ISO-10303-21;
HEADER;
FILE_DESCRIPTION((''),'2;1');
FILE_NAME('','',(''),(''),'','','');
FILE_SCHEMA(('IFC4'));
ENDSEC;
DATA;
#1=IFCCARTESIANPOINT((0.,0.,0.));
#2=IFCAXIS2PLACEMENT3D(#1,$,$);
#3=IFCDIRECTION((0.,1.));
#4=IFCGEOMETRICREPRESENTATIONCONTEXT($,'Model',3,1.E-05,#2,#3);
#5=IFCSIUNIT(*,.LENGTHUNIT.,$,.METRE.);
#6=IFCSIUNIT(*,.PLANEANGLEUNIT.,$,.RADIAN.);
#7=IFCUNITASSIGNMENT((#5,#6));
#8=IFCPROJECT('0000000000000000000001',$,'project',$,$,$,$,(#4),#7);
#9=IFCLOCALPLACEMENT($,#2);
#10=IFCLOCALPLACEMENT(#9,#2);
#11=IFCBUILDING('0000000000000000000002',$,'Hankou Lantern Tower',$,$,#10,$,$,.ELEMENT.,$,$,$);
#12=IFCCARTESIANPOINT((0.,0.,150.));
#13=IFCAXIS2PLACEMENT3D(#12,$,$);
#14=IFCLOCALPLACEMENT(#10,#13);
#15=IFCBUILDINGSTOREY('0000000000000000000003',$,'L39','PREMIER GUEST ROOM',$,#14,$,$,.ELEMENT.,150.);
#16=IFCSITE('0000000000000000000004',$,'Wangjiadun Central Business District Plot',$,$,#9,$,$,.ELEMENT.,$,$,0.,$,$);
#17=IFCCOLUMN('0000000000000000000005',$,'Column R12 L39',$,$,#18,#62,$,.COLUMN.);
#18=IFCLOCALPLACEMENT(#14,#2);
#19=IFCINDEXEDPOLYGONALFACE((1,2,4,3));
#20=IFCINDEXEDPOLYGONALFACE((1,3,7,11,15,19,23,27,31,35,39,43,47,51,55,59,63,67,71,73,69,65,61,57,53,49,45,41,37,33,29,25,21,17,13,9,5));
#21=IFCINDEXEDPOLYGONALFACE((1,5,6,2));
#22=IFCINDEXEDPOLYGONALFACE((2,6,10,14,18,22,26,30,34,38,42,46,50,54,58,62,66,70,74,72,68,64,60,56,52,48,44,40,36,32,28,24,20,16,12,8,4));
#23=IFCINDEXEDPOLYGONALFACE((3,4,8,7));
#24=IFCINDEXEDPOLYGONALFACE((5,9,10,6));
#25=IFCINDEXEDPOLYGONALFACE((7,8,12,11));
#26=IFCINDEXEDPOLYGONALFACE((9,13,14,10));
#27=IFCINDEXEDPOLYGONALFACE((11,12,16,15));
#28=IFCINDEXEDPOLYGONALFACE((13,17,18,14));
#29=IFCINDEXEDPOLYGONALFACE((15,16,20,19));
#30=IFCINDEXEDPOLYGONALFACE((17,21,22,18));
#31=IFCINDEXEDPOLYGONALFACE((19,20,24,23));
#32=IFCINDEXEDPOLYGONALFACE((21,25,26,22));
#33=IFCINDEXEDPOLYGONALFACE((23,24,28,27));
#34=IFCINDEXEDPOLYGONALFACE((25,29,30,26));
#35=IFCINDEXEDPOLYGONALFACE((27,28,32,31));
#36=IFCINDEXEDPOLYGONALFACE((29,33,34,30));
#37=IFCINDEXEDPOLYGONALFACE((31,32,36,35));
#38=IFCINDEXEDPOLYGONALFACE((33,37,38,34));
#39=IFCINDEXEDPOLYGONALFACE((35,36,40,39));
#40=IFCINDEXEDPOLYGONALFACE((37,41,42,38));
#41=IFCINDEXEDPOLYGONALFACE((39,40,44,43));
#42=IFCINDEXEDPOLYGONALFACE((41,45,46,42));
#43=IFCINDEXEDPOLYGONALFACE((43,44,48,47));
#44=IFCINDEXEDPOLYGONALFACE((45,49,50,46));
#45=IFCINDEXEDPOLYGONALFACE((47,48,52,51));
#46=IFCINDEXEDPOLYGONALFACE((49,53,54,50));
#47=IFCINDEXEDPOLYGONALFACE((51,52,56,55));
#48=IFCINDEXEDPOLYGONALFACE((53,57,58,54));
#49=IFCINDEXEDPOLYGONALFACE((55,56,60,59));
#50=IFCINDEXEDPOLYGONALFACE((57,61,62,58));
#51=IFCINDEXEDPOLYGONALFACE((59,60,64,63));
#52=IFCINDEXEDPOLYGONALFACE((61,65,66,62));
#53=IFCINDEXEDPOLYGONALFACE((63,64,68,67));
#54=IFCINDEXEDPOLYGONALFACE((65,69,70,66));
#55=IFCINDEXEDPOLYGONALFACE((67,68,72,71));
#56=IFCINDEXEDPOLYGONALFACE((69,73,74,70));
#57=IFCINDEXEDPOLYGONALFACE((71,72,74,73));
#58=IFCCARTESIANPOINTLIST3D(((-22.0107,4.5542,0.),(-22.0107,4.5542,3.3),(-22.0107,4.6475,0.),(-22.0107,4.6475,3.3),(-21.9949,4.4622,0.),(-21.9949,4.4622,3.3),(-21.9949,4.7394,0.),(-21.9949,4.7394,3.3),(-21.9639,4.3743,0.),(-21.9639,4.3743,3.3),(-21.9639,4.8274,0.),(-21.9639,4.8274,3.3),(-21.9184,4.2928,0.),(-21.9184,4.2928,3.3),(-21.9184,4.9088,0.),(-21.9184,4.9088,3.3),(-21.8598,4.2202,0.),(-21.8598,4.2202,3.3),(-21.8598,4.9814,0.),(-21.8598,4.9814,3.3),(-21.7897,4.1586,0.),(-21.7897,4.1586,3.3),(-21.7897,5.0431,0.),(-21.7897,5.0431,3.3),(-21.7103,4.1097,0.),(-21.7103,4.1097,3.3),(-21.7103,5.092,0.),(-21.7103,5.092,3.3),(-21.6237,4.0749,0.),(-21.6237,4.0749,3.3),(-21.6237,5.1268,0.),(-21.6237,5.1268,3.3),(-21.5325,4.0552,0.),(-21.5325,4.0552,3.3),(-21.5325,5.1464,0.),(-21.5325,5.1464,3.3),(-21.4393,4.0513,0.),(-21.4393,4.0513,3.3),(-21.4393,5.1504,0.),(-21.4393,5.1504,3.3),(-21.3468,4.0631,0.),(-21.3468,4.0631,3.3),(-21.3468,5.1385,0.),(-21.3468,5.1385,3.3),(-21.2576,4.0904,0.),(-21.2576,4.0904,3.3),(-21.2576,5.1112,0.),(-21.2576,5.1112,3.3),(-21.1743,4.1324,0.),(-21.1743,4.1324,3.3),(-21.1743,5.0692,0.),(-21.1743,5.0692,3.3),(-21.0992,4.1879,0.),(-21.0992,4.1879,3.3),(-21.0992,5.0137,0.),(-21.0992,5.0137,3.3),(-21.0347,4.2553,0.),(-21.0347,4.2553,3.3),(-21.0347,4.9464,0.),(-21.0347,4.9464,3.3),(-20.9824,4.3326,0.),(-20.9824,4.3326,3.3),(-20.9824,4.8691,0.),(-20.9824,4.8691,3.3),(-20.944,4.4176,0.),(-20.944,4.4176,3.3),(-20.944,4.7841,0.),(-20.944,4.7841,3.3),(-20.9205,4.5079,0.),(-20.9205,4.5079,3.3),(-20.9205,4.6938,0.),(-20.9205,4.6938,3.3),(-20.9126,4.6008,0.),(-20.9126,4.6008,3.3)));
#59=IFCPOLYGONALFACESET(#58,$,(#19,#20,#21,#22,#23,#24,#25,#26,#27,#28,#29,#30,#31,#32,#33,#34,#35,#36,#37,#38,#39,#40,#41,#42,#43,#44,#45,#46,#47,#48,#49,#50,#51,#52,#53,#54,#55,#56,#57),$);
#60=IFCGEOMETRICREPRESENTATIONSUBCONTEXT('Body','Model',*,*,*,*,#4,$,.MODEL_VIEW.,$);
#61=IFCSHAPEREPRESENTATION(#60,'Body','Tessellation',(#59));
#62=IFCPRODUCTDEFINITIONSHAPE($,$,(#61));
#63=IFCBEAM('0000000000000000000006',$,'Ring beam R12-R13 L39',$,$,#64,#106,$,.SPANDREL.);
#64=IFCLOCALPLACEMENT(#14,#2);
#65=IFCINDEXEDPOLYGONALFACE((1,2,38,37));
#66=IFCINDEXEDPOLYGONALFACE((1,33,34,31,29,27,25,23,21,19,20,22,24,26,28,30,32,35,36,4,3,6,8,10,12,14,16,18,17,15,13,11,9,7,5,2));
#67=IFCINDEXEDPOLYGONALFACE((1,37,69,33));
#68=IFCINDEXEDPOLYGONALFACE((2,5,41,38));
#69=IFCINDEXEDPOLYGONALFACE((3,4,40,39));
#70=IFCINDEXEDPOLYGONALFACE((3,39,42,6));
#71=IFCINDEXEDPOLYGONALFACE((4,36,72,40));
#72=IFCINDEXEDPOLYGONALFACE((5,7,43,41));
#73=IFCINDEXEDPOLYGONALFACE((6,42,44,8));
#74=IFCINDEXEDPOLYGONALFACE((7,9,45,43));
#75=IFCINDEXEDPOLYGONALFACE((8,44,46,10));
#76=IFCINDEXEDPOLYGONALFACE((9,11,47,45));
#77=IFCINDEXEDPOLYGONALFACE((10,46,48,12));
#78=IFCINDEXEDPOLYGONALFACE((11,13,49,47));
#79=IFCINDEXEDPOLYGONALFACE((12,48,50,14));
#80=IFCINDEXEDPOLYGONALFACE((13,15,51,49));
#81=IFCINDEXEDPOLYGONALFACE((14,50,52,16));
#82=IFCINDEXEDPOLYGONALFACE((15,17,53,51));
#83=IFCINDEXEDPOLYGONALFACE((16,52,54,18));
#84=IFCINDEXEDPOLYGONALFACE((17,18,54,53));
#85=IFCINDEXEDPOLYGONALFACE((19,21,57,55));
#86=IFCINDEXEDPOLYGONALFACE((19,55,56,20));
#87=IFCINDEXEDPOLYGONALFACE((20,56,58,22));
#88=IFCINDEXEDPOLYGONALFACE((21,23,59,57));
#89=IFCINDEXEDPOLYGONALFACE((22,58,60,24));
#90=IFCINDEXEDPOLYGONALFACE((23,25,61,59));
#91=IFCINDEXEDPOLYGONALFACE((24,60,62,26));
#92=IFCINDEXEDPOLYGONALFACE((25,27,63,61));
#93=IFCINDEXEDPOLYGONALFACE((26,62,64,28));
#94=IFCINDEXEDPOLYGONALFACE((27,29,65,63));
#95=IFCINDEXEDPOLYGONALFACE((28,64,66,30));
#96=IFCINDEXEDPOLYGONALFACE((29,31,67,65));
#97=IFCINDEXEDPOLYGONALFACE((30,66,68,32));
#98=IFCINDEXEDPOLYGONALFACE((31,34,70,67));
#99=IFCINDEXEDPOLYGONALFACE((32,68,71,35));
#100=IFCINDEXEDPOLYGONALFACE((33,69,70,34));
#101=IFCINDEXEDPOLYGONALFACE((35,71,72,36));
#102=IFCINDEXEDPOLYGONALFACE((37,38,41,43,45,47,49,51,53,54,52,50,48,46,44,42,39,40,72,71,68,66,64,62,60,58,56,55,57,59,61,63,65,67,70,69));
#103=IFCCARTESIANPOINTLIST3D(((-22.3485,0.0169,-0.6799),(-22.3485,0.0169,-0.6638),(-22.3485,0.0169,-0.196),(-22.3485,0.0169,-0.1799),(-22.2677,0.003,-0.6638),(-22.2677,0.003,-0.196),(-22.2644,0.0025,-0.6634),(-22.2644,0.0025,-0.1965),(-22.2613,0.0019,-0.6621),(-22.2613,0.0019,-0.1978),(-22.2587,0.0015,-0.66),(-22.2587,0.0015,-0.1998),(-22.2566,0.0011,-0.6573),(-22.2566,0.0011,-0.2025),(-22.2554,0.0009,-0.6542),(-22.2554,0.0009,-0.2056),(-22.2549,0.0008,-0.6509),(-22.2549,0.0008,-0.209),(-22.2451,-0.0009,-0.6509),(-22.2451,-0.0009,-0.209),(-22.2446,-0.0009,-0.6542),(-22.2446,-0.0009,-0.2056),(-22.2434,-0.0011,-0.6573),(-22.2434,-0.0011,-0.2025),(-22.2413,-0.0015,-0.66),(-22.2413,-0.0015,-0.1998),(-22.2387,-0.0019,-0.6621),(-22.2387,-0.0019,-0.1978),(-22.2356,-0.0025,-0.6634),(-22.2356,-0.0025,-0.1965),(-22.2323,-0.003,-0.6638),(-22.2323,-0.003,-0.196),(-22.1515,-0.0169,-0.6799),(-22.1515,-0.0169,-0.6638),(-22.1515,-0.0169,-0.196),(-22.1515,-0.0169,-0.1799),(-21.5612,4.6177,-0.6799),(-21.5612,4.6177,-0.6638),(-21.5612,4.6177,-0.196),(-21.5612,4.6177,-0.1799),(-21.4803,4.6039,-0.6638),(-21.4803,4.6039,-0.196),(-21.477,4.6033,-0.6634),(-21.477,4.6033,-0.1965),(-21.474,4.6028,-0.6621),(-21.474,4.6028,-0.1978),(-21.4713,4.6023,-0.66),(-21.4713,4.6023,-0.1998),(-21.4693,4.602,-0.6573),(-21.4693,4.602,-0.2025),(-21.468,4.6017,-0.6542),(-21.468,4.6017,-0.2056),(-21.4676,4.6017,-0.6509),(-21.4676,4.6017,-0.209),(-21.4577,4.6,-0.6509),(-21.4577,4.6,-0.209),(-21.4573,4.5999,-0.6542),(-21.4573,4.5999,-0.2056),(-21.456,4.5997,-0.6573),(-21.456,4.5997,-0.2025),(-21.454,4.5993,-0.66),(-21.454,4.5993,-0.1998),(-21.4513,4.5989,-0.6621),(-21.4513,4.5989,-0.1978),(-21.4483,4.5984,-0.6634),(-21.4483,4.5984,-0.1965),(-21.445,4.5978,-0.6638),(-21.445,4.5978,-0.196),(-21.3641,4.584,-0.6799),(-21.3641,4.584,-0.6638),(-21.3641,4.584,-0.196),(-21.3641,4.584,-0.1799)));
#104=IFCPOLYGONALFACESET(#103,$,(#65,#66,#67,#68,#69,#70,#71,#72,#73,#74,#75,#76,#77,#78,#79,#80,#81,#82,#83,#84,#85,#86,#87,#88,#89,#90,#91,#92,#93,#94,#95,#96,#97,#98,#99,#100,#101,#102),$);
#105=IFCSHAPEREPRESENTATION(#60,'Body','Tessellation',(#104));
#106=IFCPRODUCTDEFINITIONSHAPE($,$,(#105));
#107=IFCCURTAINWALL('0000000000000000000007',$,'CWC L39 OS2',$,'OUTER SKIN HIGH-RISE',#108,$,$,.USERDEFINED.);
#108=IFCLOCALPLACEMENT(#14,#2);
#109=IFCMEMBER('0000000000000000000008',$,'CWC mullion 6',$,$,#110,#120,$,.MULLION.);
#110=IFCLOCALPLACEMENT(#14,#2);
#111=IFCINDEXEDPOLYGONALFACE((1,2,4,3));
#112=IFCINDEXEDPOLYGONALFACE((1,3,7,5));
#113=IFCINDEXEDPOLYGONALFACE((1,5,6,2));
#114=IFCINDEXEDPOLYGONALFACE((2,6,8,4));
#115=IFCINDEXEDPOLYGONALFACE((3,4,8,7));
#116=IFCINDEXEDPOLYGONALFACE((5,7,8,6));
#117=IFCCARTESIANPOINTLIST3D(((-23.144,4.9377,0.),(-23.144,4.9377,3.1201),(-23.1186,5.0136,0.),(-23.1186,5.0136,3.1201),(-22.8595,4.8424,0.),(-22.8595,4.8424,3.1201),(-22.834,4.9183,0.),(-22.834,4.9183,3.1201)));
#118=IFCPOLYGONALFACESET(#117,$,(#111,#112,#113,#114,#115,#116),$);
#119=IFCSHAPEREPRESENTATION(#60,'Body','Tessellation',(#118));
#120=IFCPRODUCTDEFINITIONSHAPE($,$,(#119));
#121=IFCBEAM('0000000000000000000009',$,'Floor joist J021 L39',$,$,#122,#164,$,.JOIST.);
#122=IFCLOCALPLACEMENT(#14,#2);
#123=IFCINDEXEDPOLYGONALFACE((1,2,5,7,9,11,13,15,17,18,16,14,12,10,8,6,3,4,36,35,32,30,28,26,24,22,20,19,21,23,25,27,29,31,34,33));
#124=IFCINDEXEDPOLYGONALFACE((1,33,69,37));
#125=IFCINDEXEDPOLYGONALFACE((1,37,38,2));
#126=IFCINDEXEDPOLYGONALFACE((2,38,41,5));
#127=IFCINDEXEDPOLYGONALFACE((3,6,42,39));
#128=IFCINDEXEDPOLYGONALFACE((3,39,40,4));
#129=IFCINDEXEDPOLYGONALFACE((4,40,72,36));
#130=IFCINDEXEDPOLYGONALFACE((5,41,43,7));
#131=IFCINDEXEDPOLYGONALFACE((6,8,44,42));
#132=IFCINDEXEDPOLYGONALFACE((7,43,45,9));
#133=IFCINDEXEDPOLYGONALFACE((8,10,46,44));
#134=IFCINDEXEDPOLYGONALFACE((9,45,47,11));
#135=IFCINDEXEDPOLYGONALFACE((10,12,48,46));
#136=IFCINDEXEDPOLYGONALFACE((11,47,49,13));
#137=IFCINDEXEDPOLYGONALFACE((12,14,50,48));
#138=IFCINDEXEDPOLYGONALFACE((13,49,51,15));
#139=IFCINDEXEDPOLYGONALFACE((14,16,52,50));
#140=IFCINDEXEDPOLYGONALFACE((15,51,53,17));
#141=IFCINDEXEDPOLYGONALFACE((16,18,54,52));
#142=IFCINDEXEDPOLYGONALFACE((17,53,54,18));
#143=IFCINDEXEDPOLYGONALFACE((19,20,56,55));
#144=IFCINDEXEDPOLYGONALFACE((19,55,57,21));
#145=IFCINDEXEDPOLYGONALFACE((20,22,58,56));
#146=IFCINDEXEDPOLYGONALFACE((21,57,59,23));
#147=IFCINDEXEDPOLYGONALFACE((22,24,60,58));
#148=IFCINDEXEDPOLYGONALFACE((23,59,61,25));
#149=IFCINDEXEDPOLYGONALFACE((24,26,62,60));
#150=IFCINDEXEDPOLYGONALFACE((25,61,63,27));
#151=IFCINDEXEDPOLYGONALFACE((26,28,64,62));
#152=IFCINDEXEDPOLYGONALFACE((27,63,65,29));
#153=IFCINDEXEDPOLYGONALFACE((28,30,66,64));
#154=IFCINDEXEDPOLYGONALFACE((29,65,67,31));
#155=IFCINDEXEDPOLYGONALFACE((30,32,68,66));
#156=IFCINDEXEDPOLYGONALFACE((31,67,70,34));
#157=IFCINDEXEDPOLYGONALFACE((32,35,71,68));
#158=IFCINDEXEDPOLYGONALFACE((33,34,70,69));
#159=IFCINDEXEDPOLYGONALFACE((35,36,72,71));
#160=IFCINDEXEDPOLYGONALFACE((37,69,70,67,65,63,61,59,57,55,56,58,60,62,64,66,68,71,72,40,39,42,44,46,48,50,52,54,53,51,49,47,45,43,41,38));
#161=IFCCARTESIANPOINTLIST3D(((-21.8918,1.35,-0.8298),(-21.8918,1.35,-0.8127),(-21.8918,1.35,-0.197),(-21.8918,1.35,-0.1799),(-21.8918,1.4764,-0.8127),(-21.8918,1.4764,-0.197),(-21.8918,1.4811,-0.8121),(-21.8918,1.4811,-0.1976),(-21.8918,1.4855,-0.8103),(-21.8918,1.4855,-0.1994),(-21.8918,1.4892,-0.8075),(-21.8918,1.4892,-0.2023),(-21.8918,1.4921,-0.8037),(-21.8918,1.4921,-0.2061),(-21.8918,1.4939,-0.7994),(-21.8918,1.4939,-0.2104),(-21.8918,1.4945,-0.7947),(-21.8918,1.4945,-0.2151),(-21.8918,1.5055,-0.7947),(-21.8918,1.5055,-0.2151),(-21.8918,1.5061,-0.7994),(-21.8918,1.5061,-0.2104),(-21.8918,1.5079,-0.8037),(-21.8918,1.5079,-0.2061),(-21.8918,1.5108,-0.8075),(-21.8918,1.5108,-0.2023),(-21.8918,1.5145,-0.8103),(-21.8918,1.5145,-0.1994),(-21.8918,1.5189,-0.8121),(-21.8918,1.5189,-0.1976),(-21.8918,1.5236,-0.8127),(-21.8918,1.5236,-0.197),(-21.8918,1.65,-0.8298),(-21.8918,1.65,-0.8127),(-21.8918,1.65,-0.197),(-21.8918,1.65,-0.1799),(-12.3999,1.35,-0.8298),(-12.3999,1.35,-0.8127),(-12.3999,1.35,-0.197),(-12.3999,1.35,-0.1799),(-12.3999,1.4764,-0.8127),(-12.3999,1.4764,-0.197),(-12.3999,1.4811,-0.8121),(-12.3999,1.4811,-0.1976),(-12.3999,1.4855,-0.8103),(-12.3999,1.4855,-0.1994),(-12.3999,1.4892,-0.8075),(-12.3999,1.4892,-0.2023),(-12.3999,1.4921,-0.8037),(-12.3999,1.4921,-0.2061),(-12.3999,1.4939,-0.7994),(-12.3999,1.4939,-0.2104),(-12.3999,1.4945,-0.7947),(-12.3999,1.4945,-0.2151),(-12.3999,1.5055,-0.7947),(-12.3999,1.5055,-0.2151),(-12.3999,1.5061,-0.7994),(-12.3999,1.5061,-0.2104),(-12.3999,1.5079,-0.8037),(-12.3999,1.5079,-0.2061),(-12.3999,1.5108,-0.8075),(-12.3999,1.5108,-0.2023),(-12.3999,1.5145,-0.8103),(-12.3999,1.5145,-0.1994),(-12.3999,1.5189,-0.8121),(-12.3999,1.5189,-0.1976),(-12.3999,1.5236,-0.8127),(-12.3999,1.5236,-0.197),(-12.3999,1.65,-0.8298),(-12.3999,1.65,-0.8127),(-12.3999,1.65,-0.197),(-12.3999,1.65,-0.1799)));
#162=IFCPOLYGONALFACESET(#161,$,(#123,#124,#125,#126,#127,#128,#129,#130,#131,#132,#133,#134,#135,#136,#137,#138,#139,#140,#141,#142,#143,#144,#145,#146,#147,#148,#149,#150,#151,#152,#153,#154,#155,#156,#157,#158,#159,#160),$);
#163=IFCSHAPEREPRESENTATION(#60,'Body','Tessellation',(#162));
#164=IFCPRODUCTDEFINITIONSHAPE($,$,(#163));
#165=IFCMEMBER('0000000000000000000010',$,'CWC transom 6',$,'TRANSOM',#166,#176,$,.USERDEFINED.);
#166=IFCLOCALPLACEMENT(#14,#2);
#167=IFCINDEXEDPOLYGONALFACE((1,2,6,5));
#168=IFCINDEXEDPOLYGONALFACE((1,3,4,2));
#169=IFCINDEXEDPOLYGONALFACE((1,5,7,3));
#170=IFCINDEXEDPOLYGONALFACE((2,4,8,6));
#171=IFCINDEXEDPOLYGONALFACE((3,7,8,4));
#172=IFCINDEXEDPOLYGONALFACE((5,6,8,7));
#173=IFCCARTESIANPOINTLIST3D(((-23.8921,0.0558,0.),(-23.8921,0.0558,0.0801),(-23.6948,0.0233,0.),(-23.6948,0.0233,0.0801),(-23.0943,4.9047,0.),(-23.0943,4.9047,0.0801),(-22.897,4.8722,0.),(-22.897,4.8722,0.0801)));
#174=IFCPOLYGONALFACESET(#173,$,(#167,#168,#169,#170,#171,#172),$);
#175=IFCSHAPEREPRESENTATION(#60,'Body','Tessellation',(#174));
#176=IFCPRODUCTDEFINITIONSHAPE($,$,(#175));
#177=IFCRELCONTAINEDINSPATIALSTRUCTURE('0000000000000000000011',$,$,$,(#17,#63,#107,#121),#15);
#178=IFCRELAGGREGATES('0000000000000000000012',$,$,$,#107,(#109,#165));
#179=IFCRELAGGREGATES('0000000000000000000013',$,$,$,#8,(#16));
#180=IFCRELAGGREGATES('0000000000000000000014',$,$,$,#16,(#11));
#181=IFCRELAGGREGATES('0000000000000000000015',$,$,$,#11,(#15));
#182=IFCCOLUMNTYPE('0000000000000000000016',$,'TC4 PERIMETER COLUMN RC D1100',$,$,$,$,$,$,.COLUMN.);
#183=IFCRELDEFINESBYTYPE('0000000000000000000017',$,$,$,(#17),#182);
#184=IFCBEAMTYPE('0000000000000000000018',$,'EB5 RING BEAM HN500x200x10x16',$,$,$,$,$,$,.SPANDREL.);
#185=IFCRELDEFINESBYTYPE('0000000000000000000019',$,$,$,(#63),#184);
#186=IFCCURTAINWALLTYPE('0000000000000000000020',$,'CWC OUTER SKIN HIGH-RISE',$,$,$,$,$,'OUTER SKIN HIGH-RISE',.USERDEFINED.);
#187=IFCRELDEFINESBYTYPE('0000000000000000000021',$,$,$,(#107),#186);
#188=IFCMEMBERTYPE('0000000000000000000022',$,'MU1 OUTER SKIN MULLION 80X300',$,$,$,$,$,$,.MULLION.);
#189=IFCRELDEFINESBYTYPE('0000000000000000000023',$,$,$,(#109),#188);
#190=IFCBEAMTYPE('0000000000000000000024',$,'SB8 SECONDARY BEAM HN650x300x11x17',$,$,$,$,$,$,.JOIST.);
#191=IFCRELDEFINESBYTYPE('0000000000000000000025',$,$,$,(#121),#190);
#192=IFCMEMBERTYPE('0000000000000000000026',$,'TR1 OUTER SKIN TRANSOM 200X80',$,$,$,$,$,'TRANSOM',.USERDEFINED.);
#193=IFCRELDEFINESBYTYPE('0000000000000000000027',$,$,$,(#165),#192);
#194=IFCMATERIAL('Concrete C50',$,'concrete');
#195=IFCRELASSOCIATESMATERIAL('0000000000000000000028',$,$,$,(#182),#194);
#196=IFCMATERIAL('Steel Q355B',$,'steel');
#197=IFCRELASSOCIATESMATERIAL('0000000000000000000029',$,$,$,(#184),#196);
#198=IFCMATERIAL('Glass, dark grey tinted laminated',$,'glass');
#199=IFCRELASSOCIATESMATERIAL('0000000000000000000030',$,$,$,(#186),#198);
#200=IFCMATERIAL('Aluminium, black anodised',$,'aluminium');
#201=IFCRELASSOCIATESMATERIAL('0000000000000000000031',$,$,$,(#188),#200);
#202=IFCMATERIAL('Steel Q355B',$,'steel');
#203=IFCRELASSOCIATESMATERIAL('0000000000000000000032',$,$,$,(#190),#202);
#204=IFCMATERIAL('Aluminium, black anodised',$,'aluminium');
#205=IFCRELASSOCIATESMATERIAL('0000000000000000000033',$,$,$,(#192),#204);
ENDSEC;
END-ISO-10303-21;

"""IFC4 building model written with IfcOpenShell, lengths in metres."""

from ifc_helpers import new_model, si_unit, direction, frame, origin, origin_2d, place, context, subcontext, project, spatial, rectangle, circle, i_section, extrude, material, material_profile, profile_set, type_object, element, aggregate, save


model = new_model("IFC4")

# Units and contexts
model_context = context("Model", 3, precision=1e-05, world=origin(), true_north=direction((0.0, 1.0)))
body_context = subcontext(model_context, "Body", "Model", "MODEL_VIEW")
ifc_project = project(units=[si_unit("LENGTHUNIT", "METRE"), si_unit("PLANEANGLEUNIT", "RADIAN")], contexts=[model_context])

# Site, building, storey
site_placement = place(None, origin())
site = spatial("IfcSite", under=ifc_project, at=site_placement, Name="Wangjiadun Central Business District Plot", CompositionType="ELEMENT", RefElevation=0.0)
building_placement = place(site_placement, origin())
building = spatial("IfcBuilding", under=site, at=building_placement, Name="Hankou Lantern Tower", CompositionType="ELEMENT")
storey_placement = place(building_placement, frame((0.0, 0.0, 150.0)))
storey = spatial("IfcBuildingStorey", under=building, at=storey_placement, Name="L39", Description="PREMIER GUEST ROOM", CompositionType="ELEMENT", Elevation=150.0)

# Column
ifc_material_1 = material(Name="Concrete C50", Category="concrete")
ifc_material_profile_1 = material_profile(ifc_material_1, circle(Radius=0.55, at=origin_2d()), Name="RC D1100")
ifc_profile_set_1 = profile_set([ifc_material_profile_1], Name="Concrete C50")
column_type = type_object("IfcColumnType", Name="TC4 PERIMETER COLUMN RC D1100", PredefinedType="COLUMN", material=ifc_profile_set_1)
column_placement = place(storey_placement, frame((-21.4626, 4.6008, 0.0), z_axis=(0.0, 0.0, 1.0), x_axis=(1.0, 0.0, 0.0)))
element("IfcColumn", 1, at=column_placement, inside=storey, type_object=column_type, Name="Column R12 L39", PredefinedType="COLUMN", context=body_context, shape_type="SweptSolid", body=[
    extrude(circle(Radius=0.55, at=origin_2d()), origin(), (0.0, 0.0, 1.0), 3.3),
])

# Beam
ifc_material_2 = material(Name="Steel Q355B", Category="steel")
ifc_material_profile_2 = material_profile(ifc_material_2, i_section(OverallWidth=0.2, OverallDepth=0.5, WebThickness=0.01, FlangeThickness=0.0161, FilletRadius=0.0129, at=origin_2d()), Name="HN500x200x10x16")
ifc_profile_set_2 = profile_set([ifc_material_profile_2], Name="Steel Q355B")
beam_type_1 = type_object("IfcBeamType", Name="EB5 RING BEAM HN500x200x10x16", PredefinedType="SPANDREL", material=ifc_profile_set_2)
beam_1_placement = place(storey_placement, frame((-21.4626, 4.6008, -0.4299), z_axis=(-0.168681, -0.985671, 0.0), x_axis=(0.985671, -0.168681, 0.0)))
element("IfcBeam", 2, at=beam_1_placement, inside=storey, type_object=beam_type_1, Name="Ring beam R12-R13 L39", PredefinedType="SPANDREL", context=body_context, shape_type="SweptSolid", body=[
    extrude(i_section(OverallWidth=0.2, OverallDepth=0.5, WebThickness=0.01, FlangeThickness=0.0161, FilletRadius=0.0129, at=origin_2d()), origin(), (0.0, 0.0, 1.0), 4.6677),
])

# Curtain wall, member
ifc_material_3 = material(Name="Glass, dark grey tinted laminated", Category="glass")
curtain_wall_type = type_object("IfcCurtainWallType", Name="CWC OUTER SKIN HIGH-RISE", ElementType="OUTER SKIN HIGH-RISE", PredefinedType="USERDEFINED", material=ifc_material_3)
curtain_wall_placement = place(storey_placement, origin())
curtain_wall = element("IfcCurtainWall", 3, at=curtain_wall_placement, inside=storey, type_object=curtain_wall_type, Name="CWC L39 OS2", ObjectType="OUTER SKIN HIGH-RISE", PredefinedType="USERDEFINED")
ifc_material_4 = material(Name="Aluminium, black anodised", Category="aluminium")
ifc_material_profile_3 = material_profile(ifc_material_4, rectangle(XDim=0.0801, YDim=0.3, at=origin_2d()), Name="MU1 80X300")
ifc_profile_set_3 = profile_set([ifc_material_profile_3], Name="Aluminium, black anodised")
member_type_1 = type_object("IfcMemberType", Name="MU1 OUTER SKIN MULLION 80X300", PredefinedType="MULLION", material=ifc_profile_set_3)
member_1_placement = place(storey_placement, frame((-22.989, 4.928, 0.0), z_axis=(0.0, 0.0, 1.0), x_axis=(-0.317596, -0.948226, 0.0)))
member_1 = element("IfcMember", 4, at=member_1_placement, type_object=member_type_1, Name="CWC mullion 6", PredefinedType="MULLION", context=body_context, shape_type="SweptSolid", body=[
    extrude(rectangle(XDim=0.0801, YDim=0.3, at=origin_2d()), origin(), (0.0, 0.0, 1.0), 3.1201),
])

# Beam
ifc_material_5 = material(Name="Steel Q355B", Category="steel")
ifc_material_profile_4 = material_profile(ifc_material_5, i_section(OverallWidth=0.3, OverallDepth=0.6499, WebThickness=0.011, FlangeThickness=0.0171, FilletRadius=0.0181, at=origin_2d()), Name="HN650x300x11x17")
ifc_profile_set_4 = profile_set([ifc_material_profile_4], Name="Steel Q355B")
beam_type_2 = type_object("IfcBeamType", Name="SB8 SECONDARY BEAM HN650x300x11x17", PredefinedType="JOIST", material=ifc_profile_set_4)
beam_2_placement = place(storey_placement, frame((-21.8918, 1.5, -0.5049), z_axis=(1.0, 0.0, 0.0), x_axis=(0.0, 1.0, 0.0)))
element("IfcBeam", 5, at=beam_2_placement, inside=storey, type_object=beam_type_2, Name="Floor joist J021 L39", PredefinedType="JOIST", context=body_context, shape_type="SweptSolid", body=[
    extrude(i_section(OverallWidth=0.3, OverallDepth=0.6499, WebThickness=0.011, FlangeThickness=0.0171, FilletRadius=0.0181, at=origin_2d()), origin(), (0.0, 0.0, 1.0), 9.4919),
])

# Member
ifc_material_6 = material(Name="Aluminium, black anodised", Category="aluminium")
ifc_material_profile_5 = material_profile(ifc_material_6, rectangle(XDim=0.2, YDim=0.0801, at=origin_2d()), Name="TR1 200X80")
ifc_profile_set_5 = profile_set([ifc_material_profile_5], Name="Aluminium, black anodised")
member_type_2 = type_object("IfcMemberType", Name="TR1 OUTER SKIN TRANSOM 200X80", ElementType="TRANSOM", PredefinedType="USERDEFINED", material=ifc_profile_set_5)
member_2_placement = place(storey_placement, frame((-22.9956, 4.8884, 0.04), z_axis=(-0.16236, -0.986732, 0.0), x_axis=(0.986732, -0.16236, 0.0)))
member_2 = element("IfcMember", 6, at=member_2_placement, type_object=member_type_2, Name="CWC transom 6", ObjectType="TRANSOM", PredefinedType="USERDEFINED", context=body_context, shape_type="SweptSolid", body=[
    extrude(rectangle(XDim=0.2, YDim=0.0801, at=origin_2d()), origin(), (0.0, 0.0, 1.0), 4.9141),
])

aggregate(curtain_wall, [member_1, member_2])

save(model, "model.ifc")
